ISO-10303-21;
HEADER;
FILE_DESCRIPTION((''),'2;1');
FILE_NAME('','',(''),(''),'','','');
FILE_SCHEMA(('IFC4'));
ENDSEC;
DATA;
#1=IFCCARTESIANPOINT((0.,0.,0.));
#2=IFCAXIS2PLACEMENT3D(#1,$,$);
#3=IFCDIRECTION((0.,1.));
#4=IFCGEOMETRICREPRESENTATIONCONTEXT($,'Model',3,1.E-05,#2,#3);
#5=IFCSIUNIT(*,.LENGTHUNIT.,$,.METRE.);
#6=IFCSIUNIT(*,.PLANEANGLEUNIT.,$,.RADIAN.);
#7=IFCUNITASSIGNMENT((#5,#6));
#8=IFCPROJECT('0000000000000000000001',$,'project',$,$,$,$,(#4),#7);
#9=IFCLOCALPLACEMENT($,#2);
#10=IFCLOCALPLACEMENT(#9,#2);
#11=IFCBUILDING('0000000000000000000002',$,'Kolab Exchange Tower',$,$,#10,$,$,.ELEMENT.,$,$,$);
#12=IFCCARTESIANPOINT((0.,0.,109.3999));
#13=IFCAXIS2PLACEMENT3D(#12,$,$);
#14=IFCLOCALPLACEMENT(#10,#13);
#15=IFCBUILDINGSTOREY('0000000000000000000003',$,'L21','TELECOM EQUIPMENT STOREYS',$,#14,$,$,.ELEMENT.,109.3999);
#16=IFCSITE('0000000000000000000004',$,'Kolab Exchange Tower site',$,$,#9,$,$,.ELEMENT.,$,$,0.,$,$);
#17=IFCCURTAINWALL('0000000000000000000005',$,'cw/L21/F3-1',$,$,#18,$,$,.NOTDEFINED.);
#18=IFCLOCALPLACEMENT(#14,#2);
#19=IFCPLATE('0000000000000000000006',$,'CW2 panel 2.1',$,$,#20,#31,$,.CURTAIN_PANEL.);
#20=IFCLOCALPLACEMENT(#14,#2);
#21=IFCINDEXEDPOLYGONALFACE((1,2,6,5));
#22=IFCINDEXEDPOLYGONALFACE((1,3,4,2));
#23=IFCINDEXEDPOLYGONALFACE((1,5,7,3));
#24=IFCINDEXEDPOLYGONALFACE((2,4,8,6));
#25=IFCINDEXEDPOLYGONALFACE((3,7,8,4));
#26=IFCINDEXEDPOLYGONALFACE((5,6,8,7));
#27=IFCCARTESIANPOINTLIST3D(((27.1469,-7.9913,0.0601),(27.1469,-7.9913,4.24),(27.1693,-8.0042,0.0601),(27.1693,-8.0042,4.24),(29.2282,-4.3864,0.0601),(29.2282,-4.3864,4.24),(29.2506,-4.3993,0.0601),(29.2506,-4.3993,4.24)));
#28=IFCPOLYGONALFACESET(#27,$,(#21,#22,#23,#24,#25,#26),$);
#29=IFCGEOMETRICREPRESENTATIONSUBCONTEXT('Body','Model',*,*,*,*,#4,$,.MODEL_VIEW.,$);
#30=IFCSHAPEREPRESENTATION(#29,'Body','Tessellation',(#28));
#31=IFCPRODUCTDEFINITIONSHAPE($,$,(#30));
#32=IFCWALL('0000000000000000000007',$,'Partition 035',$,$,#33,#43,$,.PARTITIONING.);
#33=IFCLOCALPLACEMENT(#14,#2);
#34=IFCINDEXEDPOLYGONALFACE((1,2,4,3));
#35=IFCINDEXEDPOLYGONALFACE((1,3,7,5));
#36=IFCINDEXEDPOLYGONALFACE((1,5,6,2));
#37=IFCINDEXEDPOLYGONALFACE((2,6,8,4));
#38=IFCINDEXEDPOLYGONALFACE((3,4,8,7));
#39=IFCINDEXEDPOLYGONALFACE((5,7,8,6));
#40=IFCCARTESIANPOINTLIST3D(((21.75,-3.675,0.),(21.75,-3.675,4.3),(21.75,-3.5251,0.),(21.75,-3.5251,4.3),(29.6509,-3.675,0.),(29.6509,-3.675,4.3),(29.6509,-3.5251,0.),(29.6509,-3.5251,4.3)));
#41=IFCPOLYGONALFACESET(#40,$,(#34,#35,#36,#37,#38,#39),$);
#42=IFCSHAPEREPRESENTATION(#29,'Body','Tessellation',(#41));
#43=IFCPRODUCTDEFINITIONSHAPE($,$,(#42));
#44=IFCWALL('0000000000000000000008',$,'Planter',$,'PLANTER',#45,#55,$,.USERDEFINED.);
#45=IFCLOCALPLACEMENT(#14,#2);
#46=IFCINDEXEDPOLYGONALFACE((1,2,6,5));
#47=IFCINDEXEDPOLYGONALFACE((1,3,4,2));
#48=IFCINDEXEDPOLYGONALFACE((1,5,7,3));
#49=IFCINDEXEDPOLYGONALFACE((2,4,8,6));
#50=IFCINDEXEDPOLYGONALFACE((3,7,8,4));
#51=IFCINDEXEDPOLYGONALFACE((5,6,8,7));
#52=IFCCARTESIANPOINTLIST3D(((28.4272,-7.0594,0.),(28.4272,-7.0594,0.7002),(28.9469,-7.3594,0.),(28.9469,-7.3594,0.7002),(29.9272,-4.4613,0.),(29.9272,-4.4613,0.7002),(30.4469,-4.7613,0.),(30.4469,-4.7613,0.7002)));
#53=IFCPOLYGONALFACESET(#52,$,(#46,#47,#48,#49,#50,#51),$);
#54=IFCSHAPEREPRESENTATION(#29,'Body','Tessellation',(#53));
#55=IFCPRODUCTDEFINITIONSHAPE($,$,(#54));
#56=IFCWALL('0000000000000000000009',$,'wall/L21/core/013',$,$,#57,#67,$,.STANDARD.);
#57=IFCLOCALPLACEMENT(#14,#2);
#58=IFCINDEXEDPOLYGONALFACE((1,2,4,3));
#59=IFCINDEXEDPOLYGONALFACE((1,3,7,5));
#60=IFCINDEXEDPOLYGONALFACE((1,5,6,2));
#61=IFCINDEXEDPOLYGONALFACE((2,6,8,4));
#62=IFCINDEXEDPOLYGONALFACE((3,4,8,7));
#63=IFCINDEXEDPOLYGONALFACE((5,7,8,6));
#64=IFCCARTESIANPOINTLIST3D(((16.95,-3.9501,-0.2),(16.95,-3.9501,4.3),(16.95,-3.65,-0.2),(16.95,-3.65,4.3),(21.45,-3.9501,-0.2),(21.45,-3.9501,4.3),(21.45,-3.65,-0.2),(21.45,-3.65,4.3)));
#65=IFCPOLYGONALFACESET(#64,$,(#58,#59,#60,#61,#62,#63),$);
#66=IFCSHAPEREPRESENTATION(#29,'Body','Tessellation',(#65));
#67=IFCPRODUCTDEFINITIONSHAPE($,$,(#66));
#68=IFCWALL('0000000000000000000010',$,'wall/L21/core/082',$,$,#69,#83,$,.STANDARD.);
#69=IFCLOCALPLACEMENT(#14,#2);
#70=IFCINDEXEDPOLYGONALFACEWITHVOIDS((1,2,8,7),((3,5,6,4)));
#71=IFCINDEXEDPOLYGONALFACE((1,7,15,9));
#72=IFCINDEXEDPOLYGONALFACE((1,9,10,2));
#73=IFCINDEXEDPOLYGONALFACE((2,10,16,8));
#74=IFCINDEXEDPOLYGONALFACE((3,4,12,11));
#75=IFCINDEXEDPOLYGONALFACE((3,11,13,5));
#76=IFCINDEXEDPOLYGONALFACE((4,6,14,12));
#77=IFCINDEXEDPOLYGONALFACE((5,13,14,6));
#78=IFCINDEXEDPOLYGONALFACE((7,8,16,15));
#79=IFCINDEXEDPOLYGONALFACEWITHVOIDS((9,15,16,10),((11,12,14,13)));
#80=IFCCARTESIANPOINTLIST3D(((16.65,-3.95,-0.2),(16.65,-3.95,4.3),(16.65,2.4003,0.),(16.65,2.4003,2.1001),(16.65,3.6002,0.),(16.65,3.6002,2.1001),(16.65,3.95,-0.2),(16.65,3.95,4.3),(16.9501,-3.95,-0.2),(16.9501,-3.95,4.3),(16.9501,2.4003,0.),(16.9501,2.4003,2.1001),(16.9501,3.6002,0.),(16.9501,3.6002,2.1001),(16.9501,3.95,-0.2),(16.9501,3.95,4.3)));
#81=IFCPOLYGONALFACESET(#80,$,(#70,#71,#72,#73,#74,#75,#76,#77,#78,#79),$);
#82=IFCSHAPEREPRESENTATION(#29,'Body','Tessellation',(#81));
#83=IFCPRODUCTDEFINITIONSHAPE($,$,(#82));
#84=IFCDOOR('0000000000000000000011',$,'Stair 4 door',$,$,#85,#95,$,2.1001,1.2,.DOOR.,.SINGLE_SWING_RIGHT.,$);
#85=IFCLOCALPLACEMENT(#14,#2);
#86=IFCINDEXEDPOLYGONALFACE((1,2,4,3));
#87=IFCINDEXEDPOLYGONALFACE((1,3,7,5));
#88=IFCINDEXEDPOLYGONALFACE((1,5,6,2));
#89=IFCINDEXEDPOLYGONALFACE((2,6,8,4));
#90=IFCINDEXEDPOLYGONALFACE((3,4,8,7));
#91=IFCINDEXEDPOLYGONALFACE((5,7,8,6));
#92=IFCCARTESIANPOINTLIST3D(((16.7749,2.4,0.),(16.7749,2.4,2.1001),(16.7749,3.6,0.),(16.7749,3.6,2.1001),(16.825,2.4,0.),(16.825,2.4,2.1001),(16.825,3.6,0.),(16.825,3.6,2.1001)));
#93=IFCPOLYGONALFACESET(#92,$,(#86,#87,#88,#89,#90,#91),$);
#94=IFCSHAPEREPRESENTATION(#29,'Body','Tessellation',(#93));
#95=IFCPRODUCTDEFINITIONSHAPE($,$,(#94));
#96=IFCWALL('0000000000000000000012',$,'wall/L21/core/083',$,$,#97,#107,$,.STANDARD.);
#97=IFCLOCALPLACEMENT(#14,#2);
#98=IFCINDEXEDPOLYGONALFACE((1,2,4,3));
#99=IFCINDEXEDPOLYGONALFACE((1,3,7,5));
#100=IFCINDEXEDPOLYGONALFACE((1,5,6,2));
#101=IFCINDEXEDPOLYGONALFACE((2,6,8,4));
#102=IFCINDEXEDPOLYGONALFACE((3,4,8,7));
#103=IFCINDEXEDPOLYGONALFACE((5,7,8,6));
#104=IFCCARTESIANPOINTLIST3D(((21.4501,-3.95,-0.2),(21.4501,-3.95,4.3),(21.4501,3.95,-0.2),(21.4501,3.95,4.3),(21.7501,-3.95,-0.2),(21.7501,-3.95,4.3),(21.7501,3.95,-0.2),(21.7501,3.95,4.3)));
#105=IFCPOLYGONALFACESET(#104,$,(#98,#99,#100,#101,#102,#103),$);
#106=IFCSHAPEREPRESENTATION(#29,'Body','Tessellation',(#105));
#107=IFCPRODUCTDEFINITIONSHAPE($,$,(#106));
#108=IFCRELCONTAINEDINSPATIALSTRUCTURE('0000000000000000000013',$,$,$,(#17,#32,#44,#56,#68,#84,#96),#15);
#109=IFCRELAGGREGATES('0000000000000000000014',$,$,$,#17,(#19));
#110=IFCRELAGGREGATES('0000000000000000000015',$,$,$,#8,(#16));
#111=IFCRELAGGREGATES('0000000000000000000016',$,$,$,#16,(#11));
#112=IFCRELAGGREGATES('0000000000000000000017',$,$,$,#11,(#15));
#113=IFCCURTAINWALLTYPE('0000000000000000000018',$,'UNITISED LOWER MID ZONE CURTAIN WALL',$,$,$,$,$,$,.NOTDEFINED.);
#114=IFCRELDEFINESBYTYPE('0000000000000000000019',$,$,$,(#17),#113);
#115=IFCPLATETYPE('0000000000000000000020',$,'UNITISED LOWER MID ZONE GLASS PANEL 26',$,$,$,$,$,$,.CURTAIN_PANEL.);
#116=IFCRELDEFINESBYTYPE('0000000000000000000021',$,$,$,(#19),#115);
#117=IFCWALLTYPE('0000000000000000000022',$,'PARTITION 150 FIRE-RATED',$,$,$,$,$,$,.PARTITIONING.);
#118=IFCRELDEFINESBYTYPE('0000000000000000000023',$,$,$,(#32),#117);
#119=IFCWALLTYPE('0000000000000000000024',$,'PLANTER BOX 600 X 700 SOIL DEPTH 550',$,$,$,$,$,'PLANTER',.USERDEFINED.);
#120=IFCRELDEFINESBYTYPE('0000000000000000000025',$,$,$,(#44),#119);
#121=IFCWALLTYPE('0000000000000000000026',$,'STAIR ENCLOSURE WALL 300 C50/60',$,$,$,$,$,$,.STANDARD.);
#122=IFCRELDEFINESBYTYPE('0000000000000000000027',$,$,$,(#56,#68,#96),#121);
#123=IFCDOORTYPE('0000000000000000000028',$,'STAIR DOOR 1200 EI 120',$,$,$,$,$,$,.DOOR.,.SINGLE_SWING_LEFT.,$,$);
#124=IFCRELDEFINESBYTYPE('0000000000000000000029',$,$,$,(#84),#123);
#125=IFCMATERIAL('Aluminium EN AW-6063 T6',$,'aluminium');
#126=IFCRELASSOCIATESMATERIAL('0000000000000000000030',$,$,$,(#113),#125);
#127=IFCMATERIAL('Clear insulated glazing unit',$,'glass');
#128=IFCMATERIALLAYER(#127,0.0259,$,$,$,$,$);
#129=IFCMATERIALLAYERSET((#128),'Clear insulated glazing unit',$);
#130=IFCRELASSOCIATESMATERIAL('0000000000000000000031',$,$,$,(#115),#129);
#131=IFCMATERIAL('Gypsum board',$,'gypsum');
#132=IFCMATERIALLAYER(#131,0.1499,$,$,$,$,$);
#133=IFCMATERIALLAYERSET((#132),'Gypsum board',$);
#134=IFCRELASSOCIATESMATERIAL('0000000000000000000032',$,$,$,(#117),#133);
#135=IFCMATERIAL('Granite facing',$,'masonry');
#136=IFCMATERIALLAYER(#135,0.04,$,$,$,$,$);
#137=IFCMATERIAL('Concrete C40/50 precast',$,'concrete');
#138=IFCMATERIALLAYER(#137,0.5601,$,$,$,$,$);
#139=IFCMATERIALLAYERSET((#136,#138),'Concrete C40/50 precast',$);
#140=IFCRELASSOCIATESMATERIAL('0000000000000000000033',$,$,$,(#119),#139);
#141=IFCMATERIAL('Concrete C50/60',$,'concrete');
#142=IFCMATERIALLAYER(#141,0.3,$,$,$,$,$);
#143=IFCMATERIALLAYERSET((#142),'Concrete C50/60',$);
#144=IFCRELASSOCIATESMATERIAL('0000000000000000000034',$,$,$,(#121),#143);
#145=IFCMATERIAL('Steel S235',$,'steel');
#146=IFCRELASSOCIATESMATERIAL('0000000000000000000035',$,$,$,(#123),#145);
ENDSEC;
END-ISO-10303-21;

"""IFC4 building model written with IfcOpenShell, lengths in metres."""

from ifc_helpers import new_model, si_unit, direction, frame, frame_2d, origin, origin_2d, place, context, subcontext, project, spatial, rectangle, extrude, material, layer, layer_set, type_object, element, fill, aggregate, save


model = new_model("IFC4")

# Units and contexts
model_context = context("Model", 3, precision=1e-05, world=origin(), true_north=direction((0.0, 1.0)))
body_context = subcontext(model_context, "Body", "Model", "MODEL_VIEW")
ifc_project = project(units=[si_unit("LENGTHUNIT", "METRE"), si_unit("PLANEANGLEUNIT", "RADIAN")], contexts=[model_context])

# Site, building, storey
site_placement = place(None, origin())
site = spatial("IfcSite", under=ifc_project, at=site_placement, Name="Kolab Exchange Tower site", CompositionType="ELEMENT", RefElevation=0.0)
building_placement = place(site_placement, origin())
building = spatial("IfcBuilding", under=site, at=building_placement, Name="Kolab Exchange Tower", CompositionType="ELEMENT")
storey_placement = place(building_placement, frame((0.0, 0.0, 109.3999)))
storey = spatial("IfcBuildingStorey", under=building, at=storey_placement, Name="L21", Description="TELECOM EQUIPMENT STOREYS", CompositionType="ELEMENT", Elevation=109.3999)

# Curtain wall
ifc_material_1 = material(Name="Aluminium EN AW-6063 T6", Category="aluminium")
curtain_wall_type = type_object("IfcCurtainWallType", Name="UNITISED LOWER MID ZONE CURTAIN WALL", PredefinedType="NOTDEFINED", material=ifc_material_1)
curtain_wall_1_placement = place(storey_placement, origin())
curtain_wall_1 = element("IfcCurtainWall", 1, at=curtain_wall_1_placement, inside=storey, type_object=curtain_wall_type, Name="cw/L21/F3-1", PredefinedType="NOTDEFINED")

# Plate
ifc_material_2 = material(Name="Clear insulated glazing unit", Category="glass")
ifc_layer_1 = layer(ifc_material_2, 0.0259)
ifc_layer_set_1 = layer_set([ifc_layer_1], Name="Clear insulated glazing unit")
plate_type = type_object("IfcPlateType", Name="UNITISED LOWER MID ZONE GLASS PANEL 26", PredefinedType="CURTAIN_PANEL", material=ifc_layer_set_1)
plate_1_placement = place(storey_placement, frame((28.1987, -6.1953, 0.0601), z_axis=(0.0, 0.0, 1.0), x_axis=(-0.5, -0.866025, 0.0)))
plate_1 = element("IfcPlate", 2, at=plate_1_placement, type_object=plate_type, Name="CW2 panel 2.1", PredefinedType="CURTAIN_PANEL", context=body_context, shape_type="SweptSolid", body=[
    extrude(rectangle(XDim=4.1626, YDim=0.0259, at=origin_2d()), origin(), (0.0, 0.0, 1.0), 4.1799),
])
aggregate(curtain_wall_1, [plate_1])

# Walls
ifc_material_3 = material(Name="Gypsum board", Category="gypsum")
ifc_layer_2 = layer(ifc_material_3, 0.1499)
ifc_layer_set_2 = layer_set([ifc_layer_2], Name="Gypsum board")
wall_type_1 = type_object("IfcWallType", Name="PARTITION 150 FIRE-RATED", PredefinedType="PARTITIONING", material=ifc_layer_set_2)
wall_1_placement = place(storey_placement, frame((21.75, -3.6001, 0.0), z_axis=(0.0, 0.0, 1.0), x_axis=(1.0, 0.0, 0.0)))
element("IfcWall", 3, at=wall_1_placement, inside=storey, type_object=wall_type_1, Name="Partition 035", PredefinedType="PARTITIONING", context=body_context, shape_type="SweptSolid", body=[
    extrude(rectangle(XDim=7.9009, YDim=0.1499, at=frame_2d((3.9504, 0.0))), origin(), (0.0, 0.0, 1.0), 4.3),
])
ifc_material_4 = material(Name="Granite facing", Category="masonry")
ifc_layer_3 = layer(ifc_material_4, 0.04)
ifc_material_5 = material(Name="Concrete C40/50 precast", Category="concrete")
ifc_layer_4 = layer(ifc_material_5, 0.5601)
ifc_layer_set_3 = layer_set([ifc_layer_3, ifc_layer_4], Name="Concrete C40/50 precast")
wall_type_2 = type_object("IfcWallType", Name="PLANTER BOX 600 X 700 SOIL DEPTH 550", ElementType="PLANTER", PredefinedType="USERDEFINED", material=ifc_layer_set_3)
wall_2_placement = place(storey_placement, frame((30.187, -4.6113, 0.0), z_axis=(0.0, 0.0, 1.0), x_axis=(-0.49999, -0.866031, 0.0)))
element("IfcWall", 4, at=wall_2_placement, inside=storey, type_object=wall_type_2, Name="Planter", ObjectType="PLANTER", PredefinedType="USERDEFINED", context=body_context, shape_type="SweptSolid", body=[
    extrude(rectangle(XDim=3.0, YDim=0.6001, at=frame_2d((1.5, 0.0))), origin(), (0.0, 0.0, 1.0), 0.7002),
])
ifc_material_6 = material(Name="Concrete C50/60", Category="concrete")
ifc_layer_5 = layer(ifc_material_6, 0.3)
ifc_layer_set_4 = layer_set([ifc_layer_5], Name="Concrete C50/60")
wall_type_3 = type_object("IfcWallType", Name="STAIR ENCLOSURE WALL 300 C50/60", PredefinedType="STANDARD", material=ifc_layer_set_4)
wall_3_placement = place(storey_placement, frame((16.95, -3.8, -0.2), z_axis=(0.0, 0.0, 1.0), x_axis=(1.0, 0.0, 0.0)))
element("IfcWall", 5, at=wall_3_placement, inside=storey, type_object=wall_type_3, Name="wall/L21/core/013", PredefinedType="STANDARD", context=body_context, shape_type="SweptSolid", body=[
    extrude(rectangle(XDim=4.5, YDim=0.3, at=frame_2d((2.25, 0.0))), origin(), (0.0, 0.0, 1.0), 4.5),
])

# Wall, opening, door
wall_4_placement = place(storey_placement, frame((16.8, -3.95, -0.2), z_axis=(0.0, 0.0, 1.0), x_axis=(0.0, 1.0, 0.0)))
wall_4 = element("IfcWall", 6, at=wall_4_placement, inside=storey, type_object=wall_type_3, Name="wall/L21/core/082", PredefinedType="STANDARD", context=body_context, shape_type="SweptSolid", body=[
    extrude(rectangle(XDim=7.8999, YDim=0.3, at=frame_2d((3.95, 0.0))), origin(), (0.0, 0.0, 1.0), 4.5),
])
opening_placement = place(wall_4_placement, frame((6.3501, 0.0, 0.2)))
opening = element("IfcOpeningElement", 7, at=opening_placement, cuts=wall_4, PredefinedType="OPENING", context=body_context, shape_type="SweptSolid", body=[
    extrude(rectangle(XDim=1.2, YDim=2.1001, at=frame_2d((0.6001, 1.05))), frame((0.0, 0.1602, 0.0), z_axis=(0.0, -1.0, 0.0), x_axis=(1.0, 0.0, 0.0)), (0.0, 0.0, 1.0), 0.3201),
])
ifc_material_7 = material(Name="Steel S235", Category="steel")
door_type = type_object("IfcDoorType", Name="STAIR DOOR 1200 EI 120", OperationType="SINGLE_SWING_LEFT", PredefinedType="DOOR", material=ifc_material_7)
door_placement = place(opening_placement, frame((1.2, 0.0, 0.0), z_axis=(0.0, 0.0, 1.0), x_axis=(-1.0, 0.0, 0.0)))
door = element("IfcDoor", 8, at=door_placement, inside=storey, type_object=door_type, Name="Stair 4 door", OperationType="SINGLE_SWING_RIGHT", OverallHeight=2.1001, OverallWidth=1.2, PredefinedType="DOOR", context=body_context, shape_type="SweptSolid", body=[
    extrude(rectangle(XDim=1.2, YDim=2.1001, at=frame_2d((0.6001, 1.05))), frame((0.0, 0.0249, 0.0), z_axis=(0.0, -1.0, 0.0), x_axis=(1.0, 0.0, 0.0)), (0.0, 0.0, 1.0), 0.05),
])
fill(opening, door)

# Wall
wall_5_placement = place(storey_placement, frame((21.6001, -3.95, -0.2), z_axis=(0.0, 0.0, 1.0), x_axis=(0.0, 1.0, 0.0)))
element("IfcWall", 9, at=wall_5_placement, inside=storey, type_object=wall_type_3, Name="wall/L21/core/083", PredefinedType="STANDARD", context=body_context, shape_type="SweptSolid", body=[
    extrude(rectangle(XDim=7.8999, YDim=0.3, at=frame_2d((3.95, 0.0))), origin(), (0.0, 0.0, 1.0), 4.5),
])

save(model, "model.ifc")
